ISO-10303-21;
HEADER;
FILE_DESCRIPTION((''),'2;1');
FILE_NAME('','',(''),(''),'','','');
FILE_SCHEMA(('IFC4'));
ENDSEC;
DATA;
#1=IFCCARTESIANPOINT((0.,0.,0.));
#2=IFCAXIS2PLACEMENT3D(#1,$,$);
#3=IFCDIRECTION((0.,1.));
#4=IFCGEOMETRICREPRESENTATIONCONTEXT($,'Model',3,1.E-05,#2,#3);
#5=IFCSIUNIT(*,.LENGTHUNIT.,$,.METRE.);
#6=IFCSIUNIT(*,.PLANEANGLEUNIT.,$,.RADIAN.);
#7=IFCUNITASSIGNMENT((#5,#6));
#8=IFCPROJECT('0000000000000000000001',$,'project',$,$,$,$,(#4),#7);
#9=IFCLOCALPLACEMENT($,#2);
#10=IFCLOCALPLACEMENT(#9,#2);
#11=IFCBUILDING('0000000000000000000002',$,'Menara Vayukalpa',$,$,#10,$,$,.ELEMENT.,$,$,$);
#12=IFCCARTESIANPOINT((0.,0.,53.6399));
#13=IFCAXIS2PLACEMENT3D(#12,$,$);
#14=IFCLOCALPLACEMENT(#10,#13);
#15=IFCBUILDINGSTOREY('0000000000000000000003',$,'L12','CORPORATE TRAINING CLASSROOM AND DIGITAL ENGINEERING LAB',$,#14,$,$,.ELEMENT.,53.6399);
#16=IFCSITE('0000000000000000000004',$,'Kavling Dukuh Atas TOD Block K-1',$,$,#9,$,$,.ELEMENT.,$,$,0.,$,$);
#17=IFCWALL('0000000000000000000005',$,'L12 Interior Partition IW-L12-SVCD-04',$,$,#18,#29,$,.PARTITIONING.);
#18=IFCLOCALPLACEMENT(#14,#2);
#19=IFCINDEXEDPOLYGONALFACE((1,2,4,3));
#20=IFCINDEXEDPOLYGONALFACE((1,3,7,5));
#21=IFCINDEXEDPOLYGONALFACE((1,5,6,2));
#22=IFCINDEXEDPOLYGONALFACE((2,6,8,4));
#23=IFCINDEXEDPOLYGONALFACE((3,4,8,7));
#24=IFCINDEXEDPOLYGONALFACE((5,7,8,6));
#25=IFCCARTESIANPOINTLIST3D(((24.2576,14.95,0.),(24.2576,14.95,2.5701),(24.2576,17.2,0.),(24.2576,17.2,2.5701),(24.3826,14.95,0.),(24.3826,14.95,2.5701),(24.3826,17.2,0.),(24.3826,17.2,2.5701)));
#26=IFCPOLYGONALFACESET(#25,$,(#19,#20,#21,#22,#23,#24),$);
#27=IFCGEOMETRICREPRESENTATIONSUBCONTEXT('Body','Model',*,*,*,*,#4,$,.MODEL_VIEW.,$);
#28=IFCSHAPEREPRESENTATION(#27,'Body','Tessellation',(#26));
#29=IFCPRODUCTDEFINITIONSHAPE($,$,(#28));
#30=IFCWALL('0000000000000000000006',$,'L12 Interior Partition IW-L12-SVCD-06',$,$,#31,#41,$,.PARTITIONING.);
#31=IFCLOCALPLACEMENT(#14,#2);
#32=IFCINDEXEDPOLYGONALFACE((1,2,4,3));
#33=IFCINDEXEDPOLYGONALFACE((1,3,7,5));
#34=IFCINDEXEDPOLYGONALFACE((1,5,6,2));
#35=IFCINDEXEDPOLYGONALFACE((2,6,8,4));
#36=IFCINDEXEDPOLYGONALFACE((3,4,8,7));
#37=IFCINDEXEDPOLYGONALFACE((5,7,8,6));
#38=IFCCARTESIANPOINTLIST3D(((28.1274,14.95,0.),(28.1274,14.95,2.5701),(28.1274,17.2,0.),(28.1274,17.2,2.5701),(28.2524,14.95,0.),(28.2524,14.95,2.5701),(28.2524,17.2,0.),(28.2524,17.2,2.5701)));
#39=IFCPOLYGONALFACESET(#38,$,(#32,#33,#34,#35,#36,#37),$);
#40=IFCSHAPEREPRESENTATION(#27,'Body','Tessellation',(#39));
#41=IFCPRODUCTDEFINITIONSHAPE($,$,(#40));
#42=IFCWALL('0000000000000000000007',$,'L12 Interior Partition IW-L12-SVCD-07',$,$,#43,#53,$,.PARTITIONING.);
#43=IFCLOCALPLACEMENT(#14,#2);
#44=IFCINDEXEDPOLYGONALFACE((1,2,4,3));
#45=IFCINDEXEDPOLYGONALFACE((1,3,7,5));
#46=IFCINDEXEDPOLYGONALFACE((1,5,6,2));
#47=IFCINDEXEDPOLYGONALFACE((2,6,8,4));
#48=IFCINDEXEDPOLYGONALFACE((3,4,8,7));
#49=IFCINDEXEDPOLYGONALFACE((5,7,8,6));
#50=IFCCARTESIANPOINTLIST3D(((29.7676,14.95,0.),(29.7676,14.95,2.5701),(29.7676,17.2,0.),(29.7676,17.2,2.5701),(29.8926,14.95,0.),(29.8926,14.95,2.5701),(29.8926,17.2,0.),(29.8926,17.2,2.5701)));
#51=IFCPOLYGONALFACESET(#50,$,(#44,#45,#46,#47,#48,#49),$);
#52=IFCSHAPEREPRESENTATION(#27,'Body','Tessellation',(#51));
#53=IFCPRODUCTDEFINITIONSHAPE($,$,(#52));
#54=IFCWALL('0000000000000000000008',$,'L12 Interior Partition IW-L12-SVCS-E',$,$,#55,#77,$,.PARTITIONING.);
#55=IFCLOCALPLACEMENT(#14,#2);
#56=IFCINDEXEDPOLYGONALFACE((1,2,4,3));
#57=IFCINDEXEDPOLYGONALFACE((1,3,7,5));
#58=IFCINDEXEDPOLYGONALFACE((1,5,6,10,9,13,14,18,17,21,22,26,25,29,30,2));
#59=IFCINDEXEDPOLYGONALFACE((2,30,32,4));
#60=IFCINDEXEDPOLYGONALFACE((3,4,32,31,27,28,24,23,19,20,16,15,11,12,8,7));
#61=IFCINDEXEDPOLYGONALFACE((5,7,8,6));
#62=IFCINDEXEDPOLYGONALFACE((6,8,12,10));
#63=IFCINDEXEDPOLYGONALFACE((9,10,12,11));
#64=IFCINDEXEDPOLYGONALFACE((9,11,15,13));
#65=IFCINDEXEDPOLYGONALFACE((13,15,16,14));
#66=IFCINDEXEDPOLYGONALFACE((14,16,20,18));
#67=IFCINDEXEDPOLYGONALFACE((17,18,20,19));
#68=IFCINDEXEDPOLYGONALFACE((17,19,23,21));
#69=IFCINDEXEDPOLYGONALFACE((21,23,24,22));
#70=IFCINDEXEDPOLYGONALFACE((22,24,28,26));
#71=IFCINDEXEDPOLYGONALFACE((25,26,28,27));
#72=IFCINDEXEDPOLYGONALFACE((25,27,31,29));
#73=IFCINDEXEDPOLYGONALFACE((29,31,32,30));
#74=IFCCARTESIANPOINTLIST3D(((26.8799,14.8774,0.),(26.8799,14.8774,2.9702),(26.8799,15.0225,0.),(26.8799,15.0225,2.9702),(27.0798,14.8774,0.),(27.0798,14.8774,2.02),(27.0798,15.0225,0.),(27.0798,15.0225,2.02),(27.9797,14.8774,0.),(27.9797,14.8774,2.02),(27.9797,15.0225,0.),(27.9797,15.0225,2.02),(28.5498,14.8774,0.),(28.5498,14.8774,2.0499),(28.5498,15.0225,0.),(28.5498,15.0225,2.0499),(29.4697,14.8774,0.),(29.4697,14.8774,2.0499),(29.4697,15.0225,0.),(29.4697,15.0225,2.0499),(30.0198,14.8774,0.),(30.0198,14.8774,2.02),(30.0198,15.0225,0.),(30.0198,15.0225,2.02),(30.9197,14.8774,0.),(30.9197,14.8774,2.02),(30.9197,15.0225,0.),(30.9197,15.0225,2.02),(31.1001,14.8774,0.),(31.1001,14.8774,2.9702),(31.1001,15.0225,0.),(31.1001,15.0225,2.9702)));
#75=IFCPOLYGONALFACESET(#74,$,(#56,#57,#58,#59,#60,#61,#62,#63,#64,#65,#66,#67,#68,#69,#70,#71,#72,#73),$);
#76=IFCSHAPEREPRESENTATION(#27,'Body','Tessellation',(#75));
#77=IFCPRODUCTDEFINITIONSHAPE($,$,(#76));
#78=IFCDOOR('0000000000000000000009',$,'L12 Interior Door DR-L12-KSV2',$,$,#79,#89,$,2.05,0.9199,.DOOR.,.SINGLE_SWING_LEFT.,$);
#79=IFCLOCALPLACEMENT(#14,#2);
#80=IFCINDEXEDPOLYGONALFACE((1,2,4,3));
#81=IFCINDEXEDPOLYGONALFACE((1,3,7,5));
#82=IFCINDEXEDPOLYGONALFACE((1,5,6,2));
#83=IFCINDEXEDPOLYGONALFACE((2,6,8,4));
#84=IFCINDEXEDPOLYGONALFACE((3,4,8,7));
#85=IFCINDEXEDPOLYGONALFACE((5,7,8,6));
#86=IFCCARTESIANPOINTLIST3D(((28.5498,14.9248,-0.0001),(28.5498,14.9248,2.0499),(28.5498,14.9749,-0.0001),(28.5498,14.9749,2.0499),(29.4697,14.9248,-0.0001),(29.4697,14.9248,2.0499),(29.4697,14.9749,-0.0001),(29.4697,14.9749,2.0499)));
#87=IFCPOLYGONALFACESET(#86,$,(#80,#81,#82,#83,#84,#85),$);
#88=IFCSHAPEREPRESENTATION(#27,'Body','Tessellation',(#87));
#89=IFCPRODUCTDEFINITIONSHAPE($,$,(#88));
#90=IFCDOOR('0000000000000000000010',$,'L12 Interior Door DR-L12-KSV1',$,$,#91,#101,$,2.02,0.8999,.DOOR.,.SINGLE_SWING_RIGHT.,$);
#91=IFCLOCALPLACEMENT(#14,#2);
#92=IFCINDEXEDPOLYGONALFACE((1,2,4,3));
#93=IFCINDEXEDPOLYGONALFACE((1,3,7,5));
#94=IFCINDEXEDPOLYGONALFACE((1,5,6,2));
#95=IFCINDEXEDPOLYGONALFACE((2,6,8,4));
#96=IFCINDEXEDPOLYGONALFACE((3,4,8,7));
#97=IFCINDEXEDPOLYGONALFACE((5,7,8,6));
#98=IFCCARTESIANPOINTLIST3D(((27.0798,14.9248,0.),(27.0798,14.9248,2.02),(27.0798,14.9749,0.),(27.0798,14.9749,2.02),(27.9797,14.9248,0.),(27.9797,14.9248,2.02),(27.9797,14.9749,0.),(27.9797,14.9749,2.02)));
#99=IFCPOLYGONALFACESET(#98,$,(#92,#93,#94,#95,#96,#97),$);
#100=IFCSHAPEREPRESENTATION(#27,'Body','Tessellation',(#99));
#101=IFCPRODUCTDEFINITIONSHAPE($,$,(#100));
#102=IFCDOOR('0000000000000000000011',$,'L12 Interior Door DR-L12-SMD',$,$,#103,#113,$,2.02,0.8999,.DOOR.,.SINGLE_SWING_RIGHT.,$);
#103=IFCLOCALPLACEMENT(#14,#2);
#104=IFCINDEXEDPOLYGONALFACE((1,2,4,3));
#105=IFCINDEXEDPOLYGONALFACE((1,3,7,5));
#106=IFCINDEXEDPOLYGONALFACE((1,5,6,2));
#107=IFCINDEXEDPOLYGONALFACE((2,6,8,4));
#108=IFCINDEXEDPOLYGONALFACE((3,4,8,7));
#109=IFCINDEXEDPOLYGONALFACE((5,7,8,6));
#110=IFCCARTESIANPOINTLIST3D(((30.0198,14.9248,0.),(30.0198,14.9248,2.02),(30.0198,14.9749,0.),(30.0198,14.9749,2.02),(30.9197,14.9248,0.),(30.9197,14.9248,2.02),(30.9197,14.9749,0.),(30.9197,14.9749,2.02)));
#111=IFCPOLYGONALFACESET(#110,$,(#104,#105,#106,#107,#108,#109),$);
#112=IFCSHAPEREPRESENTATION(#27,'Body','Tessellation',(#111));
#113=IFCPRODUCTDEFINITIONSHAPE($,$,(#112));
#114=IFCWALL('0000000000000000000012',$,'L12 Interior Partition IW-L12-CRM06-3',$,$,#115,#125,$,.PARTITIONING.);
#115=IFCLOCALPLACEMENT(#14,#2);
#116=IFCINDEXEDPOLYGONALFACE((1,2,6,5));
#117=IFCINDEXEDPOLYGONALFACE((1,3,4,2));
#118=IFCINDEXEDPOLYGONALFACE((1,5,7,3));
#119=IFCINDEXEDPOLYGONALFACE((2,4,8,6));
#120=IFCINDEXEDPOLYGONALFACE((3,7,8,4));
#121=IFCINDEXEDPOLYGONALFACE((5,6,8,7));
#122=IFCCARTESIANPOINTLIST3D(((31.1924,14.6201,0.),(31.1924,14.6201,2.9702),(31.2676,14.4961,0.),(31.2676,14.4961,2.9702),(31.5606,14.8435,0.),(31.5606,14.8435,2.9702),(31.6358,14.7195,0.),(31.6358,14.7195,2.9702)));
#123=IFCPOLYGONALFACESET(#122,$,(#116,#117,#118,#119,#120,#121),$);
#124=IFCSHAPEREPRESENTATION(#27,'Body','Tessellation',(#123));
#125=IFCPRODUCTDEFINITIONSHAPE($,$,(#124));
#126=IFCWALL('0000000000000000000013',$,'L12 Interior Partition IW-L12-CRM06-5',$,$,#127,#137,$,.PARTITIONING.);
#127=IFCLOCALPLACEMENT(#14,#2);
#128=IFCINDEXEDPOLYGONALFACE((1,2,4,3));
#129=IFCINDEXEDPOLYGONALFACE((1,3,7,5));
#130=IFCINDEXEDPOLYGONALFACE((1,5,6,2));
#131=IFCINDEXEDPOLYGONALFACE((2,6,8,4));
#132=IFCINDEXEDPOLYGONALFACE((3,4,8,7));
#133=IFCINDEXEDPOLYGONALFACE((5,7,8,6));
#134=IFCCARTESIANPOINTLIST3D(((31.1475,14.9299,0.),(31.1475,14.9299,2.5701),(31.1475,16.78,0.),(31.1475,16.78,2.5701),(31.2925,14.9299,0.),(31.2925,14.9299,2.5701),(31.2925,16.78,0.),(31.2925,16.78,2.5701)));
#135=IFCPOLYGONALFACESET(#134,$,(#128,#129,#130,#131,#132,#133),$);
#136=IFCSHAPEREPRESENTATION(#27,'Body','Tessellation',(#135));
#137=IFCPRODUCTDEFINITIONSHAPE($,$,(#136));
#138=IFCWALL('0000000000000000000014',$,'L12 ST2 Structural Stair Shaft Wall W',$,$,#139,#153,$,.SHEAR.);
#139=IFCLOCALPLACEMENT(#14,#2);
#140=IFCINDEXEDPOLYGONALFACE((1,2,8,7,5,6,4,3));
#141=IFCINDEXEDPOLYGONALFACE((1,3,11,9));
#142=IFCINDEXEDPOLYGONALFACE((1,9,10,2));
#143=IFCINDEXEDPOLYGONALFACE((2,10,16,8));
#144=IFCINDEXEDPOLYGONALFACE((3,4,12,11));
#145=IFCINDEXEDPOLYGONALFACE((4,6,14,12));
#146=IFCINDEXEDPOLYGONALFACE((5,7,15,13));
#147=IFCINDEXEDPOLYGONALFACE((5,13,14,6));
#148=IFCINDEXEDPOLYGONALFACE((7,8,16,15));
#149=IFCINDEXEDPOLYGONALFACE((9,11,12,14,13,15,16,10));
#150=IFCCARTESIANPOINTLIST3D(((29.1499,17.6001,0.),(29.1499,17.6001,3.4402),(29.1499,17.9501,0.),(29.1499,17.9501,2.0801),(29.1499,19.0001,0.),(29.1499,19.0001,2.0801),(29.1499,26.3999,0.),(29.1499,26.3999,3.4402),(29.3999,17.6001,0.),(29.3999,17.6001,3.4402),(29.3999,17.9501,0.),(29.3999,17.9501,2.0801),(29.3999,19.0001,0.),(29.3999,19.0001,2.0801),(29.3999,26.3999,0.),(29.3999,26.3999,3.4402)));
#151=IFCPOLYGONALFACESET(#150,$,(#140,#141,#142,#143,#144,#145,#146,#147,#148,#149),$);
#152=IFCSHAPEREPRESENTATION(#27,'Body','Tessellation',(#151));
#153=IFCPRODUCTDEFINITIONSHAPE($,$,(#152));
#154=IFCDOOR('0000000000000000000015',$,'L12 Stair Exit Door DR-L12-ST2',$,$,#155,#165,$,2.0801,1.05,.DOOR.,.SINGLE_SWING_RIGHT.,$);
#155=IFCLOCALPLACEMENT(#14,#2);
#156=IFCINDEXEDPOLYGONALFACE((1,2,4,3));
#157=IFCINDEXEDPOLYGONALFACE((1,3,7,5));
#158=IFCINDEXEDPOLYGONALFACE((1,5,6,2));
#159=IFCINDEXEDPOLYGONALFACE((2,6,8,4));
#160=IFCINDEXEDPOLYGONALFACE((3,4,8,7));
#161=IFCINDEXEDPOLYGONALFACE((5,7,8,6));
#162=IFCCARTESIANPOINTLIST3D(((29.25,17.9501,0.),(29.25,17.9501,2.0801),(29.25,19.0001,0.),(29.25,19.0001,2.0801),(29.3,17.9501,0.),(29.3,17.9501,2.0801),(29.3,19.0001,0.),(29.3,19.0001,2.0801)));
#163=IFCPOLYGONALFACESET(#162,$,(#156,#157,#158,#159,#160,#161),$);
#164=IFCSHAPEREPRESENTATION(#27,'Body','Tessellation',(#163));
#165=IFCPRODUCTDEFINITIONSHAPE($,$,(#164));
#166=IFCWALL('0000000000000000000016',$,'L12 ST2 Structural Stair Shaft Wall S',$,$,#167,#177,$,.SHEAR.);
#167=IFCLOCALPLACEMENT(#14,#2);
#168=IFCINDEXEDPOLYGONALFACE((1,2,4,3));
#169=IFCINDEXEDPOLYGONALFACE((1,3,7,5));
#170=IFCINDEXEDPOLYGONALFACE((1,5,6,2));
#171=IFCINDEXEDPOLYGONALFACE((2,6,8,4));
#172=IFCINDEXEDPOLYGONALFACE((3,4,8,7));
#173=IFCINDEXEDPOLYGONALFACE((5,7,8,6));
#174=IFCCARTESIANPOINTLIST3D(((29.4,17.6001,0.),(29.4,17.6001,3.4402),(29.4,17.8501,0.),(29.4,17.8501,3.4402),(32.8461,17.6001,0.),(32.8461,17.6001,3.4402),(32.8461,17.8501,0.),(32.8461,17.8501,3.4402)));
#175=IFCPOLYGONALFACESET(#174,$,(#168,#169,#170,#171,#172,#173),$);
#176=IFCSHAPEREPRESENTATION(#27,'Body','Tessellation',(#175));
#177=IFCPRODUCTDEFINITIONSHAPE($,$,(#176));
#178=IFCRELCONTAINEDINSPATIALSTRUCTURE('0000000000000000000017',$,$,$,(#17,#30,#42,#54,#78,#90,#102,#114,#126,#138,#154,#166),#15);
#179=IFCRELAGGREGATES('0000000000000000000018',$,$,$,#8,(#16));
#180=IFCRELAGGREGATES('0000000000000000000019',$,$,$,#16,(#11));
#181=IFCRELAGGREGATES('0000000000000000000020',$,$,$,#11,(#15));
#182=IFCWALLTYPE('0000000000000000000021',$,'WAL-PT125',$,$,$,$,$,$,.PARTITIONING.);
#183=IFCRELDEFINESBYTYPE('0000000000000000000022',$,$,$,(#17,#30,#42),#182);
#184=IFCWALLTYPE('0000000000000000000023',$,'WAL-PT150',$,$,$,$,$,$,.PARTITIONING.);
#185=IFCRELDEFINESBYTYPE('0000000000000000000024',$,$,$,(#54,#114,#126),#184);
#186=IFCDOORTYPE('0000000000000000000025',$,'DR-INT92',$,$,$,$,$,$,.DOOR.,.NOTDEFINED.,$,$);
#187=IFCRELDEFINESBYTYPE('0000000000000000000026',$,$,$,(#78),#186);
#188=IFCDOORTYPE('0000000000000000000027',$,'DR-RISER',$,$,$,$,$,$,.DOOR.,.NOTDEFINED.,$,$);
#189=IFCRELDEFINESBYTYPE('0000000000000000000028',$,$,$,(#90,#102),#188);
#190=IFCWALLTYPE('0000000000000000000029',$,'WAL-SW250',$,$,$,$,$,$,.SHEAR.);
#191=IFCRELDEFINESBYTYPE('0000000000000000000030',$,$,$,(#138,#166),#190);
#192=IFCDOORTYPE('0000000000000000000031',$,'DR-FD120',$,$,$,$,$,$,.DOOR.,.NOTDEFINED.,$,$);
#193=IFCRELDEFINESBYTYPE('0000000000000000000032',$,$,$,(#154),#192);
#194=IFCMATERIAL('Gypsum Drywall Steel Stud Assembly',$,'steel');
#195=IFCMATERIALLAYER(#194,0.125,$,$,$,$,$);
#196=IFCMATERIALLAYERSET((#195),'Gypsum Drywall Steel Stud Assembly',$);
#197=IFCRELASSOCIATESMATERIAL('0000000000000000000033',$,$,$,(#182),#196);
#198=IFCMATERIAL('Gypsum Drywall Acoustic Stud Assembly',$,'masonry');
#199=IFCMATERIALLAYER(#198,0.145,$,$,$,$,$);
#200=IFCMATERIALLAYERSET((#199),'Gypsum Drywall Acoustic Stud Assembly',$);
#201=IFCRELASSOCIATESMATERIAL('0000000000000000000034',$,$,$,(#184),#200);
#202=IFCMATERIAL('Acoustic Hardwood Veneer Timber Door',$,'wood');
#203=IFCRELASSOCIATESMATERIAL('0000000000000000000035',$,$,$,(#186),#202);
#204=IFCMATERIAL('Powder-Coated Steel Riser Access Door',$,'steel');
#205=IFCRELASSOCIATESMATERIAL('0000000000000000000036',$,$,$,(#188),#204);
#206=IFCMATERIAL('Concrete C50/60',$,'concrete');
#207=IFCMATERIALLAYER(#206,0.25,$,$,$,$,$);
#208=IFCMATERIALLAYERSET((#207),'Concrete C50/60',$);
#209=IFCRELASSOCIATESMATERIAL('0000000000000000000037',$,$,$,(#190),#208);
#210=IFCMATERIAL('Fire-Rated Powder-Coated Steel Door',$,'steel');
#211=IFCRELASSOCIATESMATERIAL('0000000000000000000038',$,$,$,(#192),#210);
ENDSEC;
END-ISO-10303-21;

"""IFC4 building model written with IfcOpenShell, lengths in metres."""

from ifc_helpers import new_model, si_unit, direction, frame, frame_2d, origin, place, context, subcontext, project, spatial, rectangle, extrude, material, layer, layer_set, type_object, element, fill, save


model = new_model("IFC4")

# Units and contexts
model_context = context("Model", 3, precision=1e-05, world=origin(), true_north=direction((0.0, 1.0)))
body_context = subcontext(model_context, "Body", "Model", "MODEL_VIEW")
ifc_project = project(units=[si_unit("LENGTHUNIT", "METRE"), si_unit("PLANEANGLEUNIT", "RADIAN")], contexts=[model_context])

# Site, building, storey
site_placement = place(None, origin())
site = spatial("IfcSite", under=ifc_project, at=site_placement, Name="Kavling Dukuh Atas TOD Block K-1", CompositionType="ELEMENT", RefElevation=0.0)
building_placement = place(site_placement, origin())
building = spatial("IfcBuilding", under=site, at=building_placement, Name="Menara Vayukalpa", CompositionType="ELEMENT")
storey_placement = place(building_placement, frame((0.0, 0.0, 53.6399)))
storey = spatial("IfcBuildingStorey", under=building, at=storey_placement, Name="L12", Description="CORPORATE TRAINING CLASSROOM AND DIGITAL ENGINEERING LAB", CompositionType="ELEMENT", Elevation=53.6399)

# Walls
ifc_material_1 = material(Name="Gypsum Drywall Steel Stud Assembly", Category="steel")
ifc_layer_1 = layer(ifc_material_1, 0.125)
ifc_layer_set_1 = layer_set([ifc_layer_1], Name="Gypsum Drywall Steel Stud Assembly")
wall_type_1 = type_object("IfcWallType", Name="WAL-PT125", PredefinedType="PARTITIONING", material=ifc_layer_set_1)
for number, where, z_axis, x_axis, name in (
    (1, (24.3201, 14.95, 0.0), (0.0, 0.0, 1.0), (0.0, 1.0, 0.0), "L12 Interior Partition IW-L12-SVCD-04"),
    (2, (28.1899, 14.95, 0.0), (0.0, 0.0, 1.0), (0.0, 1.0, 0.0), "L12 Interior Partition IW-L12-SVCD-06"),
    (3, (29.8301, 14.95, 0.0), (0.0, 0.0, 1.0), (0.0, 1.0, 0.0), "L12 Interior Partition IW-L12-SVCD-07"),
):
    element("IfcWall", number, at=place(storey_placement, frame(where, z_axis=z_axis, x_axis=x_axis)), inside=storey, type_object=wall_type_1, Name=name, PredefinedType="PARTITIONING", context=body_context, shape_type="SweptSolid", body=[
        extrude(rectangle(XDim=2.25, YDim=0.125, at=frame_2d((1.125, 0.0))), origin(), (0.0, 0.0, 1.0), 2.5701),
    ])

# Wall, openings, doors
ifc_material_2 = material(Name="Gypsum Drywall Acoustic Stud Assembly", Category="masonry")
ifc_layer_2 = layer(ifc_material_2, 0.145)
ifc_layer_set_2 = layer_set([ifc_layer_2], Name="Gypsum Drywall Acoustic Stud Assembly")
wall_type_2 = type_object("IfcWallType", Name="WAL-PT150", PredefinedType="PARTITIONING", material=ifc_layer_set_2)
wall_1_placement = place(storey_placement, frame((26.8799, 14.95, 0.0), z_axis=(0.0, 0.0, 1.0), x_axis=(1.0, 0.0, 0.0)))
wall_1 = element("IfcWall", 4, at=wall_1_placement, inside=storey, type_object=wall_type_2, Name="L12 Interior Partition IW-L12-SVCS-E", PredefinedType="PARTITIONING", context=body_context, shape_type="SweptSolid", body=[
    extrude(rectangle(XDim=4.2202, YDim=0.145, at=frame_2d((2.1101, 0.0))), origin(), (0.0, 0.0, 1.0), 2.9702),
])
opening_1_placement = place(wall_1_placement, frame((0.2, 0.0, 0.0)))
opening_1 = element("IfcOpeningElement", 5, at=opening_1_placement, cuts=wall_1, PredefinedType="OPENING", context=body_context, shape_type="SweptSolid", body=[
    extrude(rectangle(XDim=0.8999, YDim=2.02, at=frame_2d((0.45, 1.01))), frame((0.0, 0.0825, 0.0), z_axis=(0.0, -1.0, 0.0), x_axis=(1.0, 0.0, 0.0)), (0.0, 0.0, 1.0), 0.165),
])
opening_2_placement = place(wall_1_placement, frame((1.6699, 0.0, 0.0)))
opening_2 = element("IfcOpeningElement", 6, at=opening_2_placement, cuts=wall_1, PredefinedType="OPENING", context=body_context, shape_type="SweptSolid", body=[
    extrude(rectangle(XDim=0.9199, YDim=2.05, at=frame_2d((0.46, 1.0249))), frame((0.0, 0.0825, 0.0), z_axis=(0.0, -1.0, 0.0), x_axis=(1.0, 0.0, 0.0)), (0.0, 0.0, 1.0), 0.165),
])
opening_3_placement = place(wall_1_placement, frame((3.1399, 0.0, 0.0)))
opening_3 = element("IfcOpeningElement", 7, at=opening_3_placement, cuts=wall_1, PredefinedType="OPENING", context=body_context, shape_type="SweptSolid", body=[
    extrude(rectangle(XDim=0.8999, YDim=2.02, at=frame_2d((0.45, 1.01))), frame((0.0, 0.0825, 0.0), z_axis=(0.0, -1.0, 0.0), x_axis=(1.0, 0.0, 0.0)), (0.0, 0.0, 1.0), 0.165),
])
ifc_material_3 = material(Name="Acoustic Hardwood Veneer Timber Door", Category="wood")
door_type_1 = type_object("IfcDoorType", Name="DR-INT92", OperationType="NOTDEFINED", PredefinedType="DOOR", material=ifc_material_3)
door_1_placement = place(opening_2_placement, origin())
door_1 = element("IfcDoor", 8, at=door_1_placement, inside=storey, type_object=door_type_1, Name="L12 Interior Door DR-L12-KSV2", OperationType="SINGLE_SWING_LEFT", OverallHeight=2.05, OverallWidth=0.9199, PredefinedType="DOOR", context=body_context, shape_type="SweptSolid", body=[
    extrude(rectangle(XDim=0.9199, YDim=2.05, at=frame_2d((0.46, 1.0249))), frame((0.0, 0.0249, 0.0), z_axis=(0.0, -1.0, 0.0), x_axis=(1.0, 0.0, 0.0)), (0.0, 0.0, 1.0), 0.05),
])
fill(opening_2, door_1)
ifc_material_4 = material(Name="Powder-Coated Steel Riser Access Door", Category="steel")
door_type_2 = type_object("IfcDoorType", Name="DR-RISER", OperationType="NOTDEFINED", PredefinedType="DOOR", material=ifc_material_4)
door_2_placement = place(opening_1_placement, origin())
door_2 = element("IfcDoor", 9, at=door_2_placement, inside=storey, type_object=door_type_2, Name="L12 Interior Door DR-L12-KSV1", OperationType="SINGLE_SWING_RIGHT", OverallHeight=2.02, OverallWidth=0.8999, PredefinedType="DOOR", context=body_context, shape_type="SweptSolid", body=[
    extrude(rectangle(XDim=0.8999, YDim=2.02, at=frame_2d((0.45, 1.01))), frame((0.0, 0.0249, 0.0), z_axis=(0.0, -1.0, 0.0), x_axis=(1.0, 0.0, 0.0)), (0.0, 0.0, 1.0), 0.05),
])
fill(opening_1, door_2)
door_3_placement = place(opening_3_placement, origin())
door_3 = element("IfcDoor", 10, at=door_3_placement, inside=storey, type_object=door_type_2, Name="L12 Interior Door DR-L12-SMD", OperationType="SINGLE_SWING_RIGHT", OverallHeight=2.02, OverallWidth=0.8999, PredefinedType="DOOR", context=body_context, shape_type="SweptSolid", body=[
    extrude(rectangle(XDim=0.8999, YDim=2.02, at=frame_2d((0.45, 1.01))), frame((0.0, 0.0249, 0.0), z_axis=(0.0, -1.0, 0.0), x_axis=(1.0, 0.0, 0.0)), (0.0, 0.0, 1.0), 0.05),
])
fill(opening_3, door_3)

# Walls
wall_2_placement = place(storey_placement, frame((31.23, 14.5581, 0.0), z_axis=(0.0, 0.0, 1.0), x_axis=(0.854931, 0.518741, 0.0)))
element("IfcWall", 11, at=wall_2_placement, inside=storey, type_object=wall_type_2, Name="L12 Interior Partition IW-L12-CRM06-3", PredefinedType="PARTITIONING", context=body_context, shape_type="SweptSolid", body=[
    extrude(rectangle(XDim=0.4307, YDim=0.145, at=frame_2d((0.2153, 0.0))), origin(), (0.0, 0.0, 1.0), 2.9702),
])
wall_3_placement = place(storey_placement, frame((31.22, 14.9299, 0.0), z_axis=(0.0, 0.0, 1.0), x_axis=(0.0, 1.0, 0.0)))
element("IfcWall", 12, at=wall_3_placement, inside=storey, type_object=wall_type_2, Name="L12 Interior Partition IW-L12-CRM06-5", PredefinedType="PARTITIONING", context=body_context, shape_type="SweptSolid", body=[
    extrude(rectangle(XDim=1.8501, YDim=0.145, at=frame_2d((0.925, 0.0))), origin(), (0.0, 0.0, 1.0), 2.5701),
])

# Wall, opening, door
ifc_material_5 = material(Name="Concrete C50/60", Category="concrete")
ifc_layer_3 = layer(ifc_material_5, 0.25)
ifc_layer_set_3 = layer_set([ifc_layer_3], Name="Concrete C50/60")
wall_type_3 = type_object("IfcWallType", Name="WAL-SW250", PredefinedType="SHEAR", material=ifc_layer_set_3)
wall_4_placement = place(storey_placement, frame((29.2749, 17.6001, 0.0), z_axis=(0.0, 0.0, 1.0), x_axis=(0.0, 1.0, 0.0)))
wall_4 = element("IfcWall", 13, at=wall_4_placement, inside=storey, type_object=wall_type_3, Name="L12 ST2 Structural Stair Shaft Wall W", PredefinedType="SHEAR", context=body_context, shape_type="SweptSolid", body=[
    extrude(rectangle(XDim=8.7998, YDim=0.25, at=frame_2d((4.3999, 0.0))), origin(), (0.0, 0.0, 1.0), 3.4402),
])
opening_4_placement = place(wall_4_placement, frame((0.3501, 0.0, 0.0)))
opening_4 = element("IfcOpeningElement", 14, at=opening_4_placement, cuts=wall_4, PredefinedType="OPENING", context=body_context, shape_type="SweptSolid", body=[
    extrude(rectangle(XDim=1.05, YDim=2.0801, at=frame_2d((0.5249, 1.04))), frame((0.0, 0.135, 0.0), z_axis=(0.0, -1.0, 0.0), x_axis=(1.0, 0.0, 0.0)), (0.0, 0.0, 1.0), 0.27),
])
ifc_material_6 = material(Name="Fire-Rated Powder-Coated Steel Door", Category="steel")
door_type_3 = type_object("IfcDoorType", Name="DR-FD120", OperationType="NOTDEFINED", PredefinedType="DOOR", material=ifc_material_6)
door_4_placement = place(opening_4_placement, origin())
door_4 = element("IfcDoor", 15, at=door_4_placement, inside=storey, type_object=door_type_3, Name="L12 Stair Exit Door DR-L12-ST2", OperationType="SINGLE_SWING_RIGHT", OverallHeight=2.0801, OverallWidth=1.05, PredefinedType="DOOR", context=body_context, shape_type="SweptSolid", body=[
    extrude(rectangle(XDim=1.05, YDim=2.0801, at=frame_2d((0.5249, 1.04))), frame((0.0, 0.0249, 0.0), z_axis=(0.0, -1.0, 0.0), x_axis=(1.0, 0.0, 0.0)), (0.0, 0.0, 1.0), 0.05),
])
fill(opening_4, door_4)

# Wall
wall_5_placement = place(storey_placement, frame((29.3999, 17.7251, 0.0), z_axis=(0.0, 0.0, 1.0), x_axis=(1.0, 0.0, 0.0)))
element("IfcWall", 16, at=wall_5_placement, inside=storey, type_object=wall_type_3, Name="L12 ST2 Structural Stair Shaft Wall S", PredefinedType="SHEAR", context=body_context, shape_type="SweptSolid", body=[
    extrude(rectangle(XDim=3.446, YDim=0.25, at=frame_2d((1.7231, 0.0))), origin(), (0.0, 0.0, 1.0), 3.4402),
])

save(model, "model.ifc")
